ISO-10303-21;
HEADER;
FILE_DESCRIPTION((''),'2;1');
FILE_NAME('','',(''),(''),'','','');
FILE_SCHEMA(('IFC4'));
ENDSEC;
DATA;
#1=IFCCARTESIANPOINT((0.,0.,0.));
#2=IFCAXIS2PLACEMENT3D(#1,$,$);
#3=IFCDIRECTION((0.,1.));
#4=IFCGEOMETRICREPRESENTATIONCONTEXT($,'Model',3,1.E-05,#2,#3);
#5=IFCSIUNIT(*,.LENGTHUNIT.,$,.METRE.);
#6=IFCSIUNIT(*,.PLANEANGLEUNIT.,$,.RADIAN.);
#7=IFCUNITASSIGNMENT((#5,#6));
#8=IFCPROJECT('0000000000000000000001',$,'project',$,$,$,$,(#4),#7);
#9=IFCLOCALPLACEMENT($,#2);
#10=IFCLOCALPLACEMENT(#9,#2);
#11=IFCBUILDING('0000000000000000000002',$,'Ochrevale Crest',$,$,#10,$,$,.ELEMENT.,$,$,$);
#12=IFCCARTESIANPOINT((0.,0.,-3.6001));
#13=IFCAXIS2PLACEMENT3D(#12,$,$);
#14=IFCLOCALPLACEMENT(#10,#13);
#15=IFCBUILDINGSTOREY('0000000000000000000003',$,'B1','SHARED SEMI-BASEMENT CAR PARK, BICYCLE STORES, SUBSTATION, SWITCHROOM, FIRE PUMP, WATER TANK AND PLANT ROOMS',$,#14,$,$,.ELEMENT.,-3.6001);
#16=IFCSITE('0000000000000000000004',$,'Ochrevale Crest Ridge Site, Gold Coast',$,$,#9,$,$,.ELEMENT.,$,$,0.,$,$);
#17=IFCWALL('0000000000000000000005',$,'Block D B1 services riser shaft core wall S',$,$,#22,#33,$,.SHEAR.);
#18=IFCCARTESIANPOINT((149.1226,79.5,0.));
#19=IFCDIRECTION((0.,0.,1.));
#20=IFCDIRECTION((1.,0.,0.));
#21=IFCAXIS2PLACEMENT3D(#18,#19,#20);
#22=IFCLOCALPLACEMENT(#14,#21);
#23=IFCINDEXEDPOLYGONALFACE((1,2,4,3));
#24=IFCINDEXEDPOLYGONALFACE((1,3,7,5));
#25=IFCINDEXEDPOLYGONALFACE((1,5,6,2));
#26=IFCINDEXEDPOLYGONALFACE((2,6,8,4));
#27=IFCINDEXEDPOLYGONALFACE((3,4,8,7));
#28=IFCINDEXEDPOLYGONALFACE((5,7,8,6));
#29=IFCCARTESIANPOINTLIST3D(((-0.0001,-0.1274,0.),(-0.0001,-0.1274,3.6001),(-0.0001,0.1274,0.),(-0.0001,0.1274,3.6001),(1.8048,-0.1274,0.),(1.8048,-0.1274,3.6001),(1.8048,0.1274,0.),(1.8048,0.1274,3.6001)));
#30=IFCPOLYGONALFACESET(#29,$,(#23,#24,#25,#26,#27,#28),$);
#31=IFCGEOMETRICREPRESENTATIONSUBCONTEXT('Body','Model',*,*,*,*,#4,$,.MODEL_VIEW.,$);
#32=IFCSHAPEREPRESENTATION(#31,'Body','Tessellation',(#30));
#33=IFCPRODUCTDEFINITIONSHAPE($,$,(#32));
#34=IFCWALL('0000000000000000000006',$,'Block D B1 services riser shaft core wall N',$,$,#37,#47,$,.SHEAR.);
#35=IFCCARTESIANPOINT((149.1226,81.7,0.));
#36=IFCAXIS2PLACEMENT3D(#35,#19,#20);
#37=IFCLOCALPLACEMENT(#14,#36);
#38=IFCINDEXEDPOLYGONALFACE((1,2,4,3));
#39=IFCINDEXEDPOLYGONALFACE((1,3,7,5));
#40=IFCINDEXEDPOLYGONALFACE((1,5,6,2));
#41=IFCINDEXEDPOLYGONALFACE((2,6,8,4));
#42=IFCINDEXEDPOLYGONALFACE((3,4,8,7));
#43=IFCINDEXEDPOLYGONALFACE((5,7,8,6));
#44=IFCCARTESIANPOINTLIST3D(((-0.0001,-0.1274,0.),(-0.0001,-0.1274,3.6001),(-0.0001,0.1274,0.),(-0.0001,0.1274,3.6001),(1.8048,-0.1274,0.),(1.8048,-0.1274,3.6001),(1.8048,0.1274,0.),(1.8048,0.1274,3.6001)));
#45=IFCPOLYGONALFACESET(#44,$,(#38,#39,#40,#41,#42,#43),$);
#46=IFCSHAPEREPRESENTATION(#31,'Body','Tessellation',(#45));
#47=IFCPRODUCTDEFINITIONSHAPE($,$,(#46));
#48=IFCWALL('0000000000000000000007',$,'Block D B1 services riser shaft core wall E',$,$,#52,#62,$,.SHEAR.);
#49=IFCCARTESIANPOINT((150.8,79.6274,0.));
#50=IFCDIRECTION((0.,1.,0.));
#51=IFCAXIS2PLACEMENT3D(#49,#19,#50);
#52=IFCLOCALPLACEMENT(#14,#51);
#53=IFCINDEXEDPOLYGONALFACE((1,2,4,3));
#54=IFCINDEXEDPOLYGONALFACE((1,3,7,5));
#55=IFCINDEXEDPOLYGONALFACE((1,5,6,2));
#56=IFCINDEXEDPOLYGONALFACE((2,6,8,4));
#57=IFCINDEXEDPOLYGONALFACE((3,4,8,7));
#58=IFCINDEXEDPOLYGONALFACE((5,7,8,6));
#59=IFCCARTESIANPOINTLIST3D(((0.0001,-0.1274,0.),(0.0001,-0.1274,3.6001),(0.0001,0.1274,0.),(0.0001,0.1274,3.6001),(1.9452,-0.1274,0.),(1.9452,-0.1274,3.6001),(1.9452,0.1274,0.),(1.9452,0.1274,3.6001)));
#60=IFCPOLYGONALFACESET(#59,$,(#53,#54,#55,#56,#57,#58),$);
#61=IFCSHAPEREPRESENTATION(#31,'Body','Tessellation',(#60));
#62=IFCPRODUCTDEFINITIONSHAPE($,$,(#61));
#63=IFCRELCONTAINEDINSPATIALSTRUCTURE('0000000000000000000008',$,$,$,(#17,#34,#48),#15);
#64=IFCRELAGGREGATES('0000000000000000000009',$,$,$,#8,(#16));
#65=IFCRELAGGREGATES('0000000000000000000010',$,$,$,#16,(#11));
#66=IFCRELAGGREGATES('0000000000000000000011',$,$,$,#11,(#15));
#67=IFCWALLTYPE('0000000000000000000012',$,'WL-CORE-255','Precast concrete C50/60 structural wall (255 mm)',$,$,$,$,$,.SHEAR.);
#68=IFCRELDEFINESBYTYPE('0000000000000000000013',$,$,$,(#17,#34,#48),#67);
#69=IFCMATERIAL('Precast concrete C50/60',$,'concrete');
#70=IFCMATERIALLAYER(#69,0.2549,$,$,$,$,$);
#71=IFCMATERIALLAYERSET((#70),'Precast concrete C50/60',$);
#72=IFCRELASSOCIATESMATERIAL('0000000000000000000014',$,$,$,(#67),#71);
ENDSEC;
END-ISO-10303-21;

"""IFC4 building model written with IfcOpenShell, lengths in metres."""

from ifc_helpers import new_model, si_unit, direction, frame, frame_2d, origin, place, context, subcontext, project, spatial, rectangle, extrude, material, layer, layer_set, type_object, element, save


model = new_model("IFC4")

# Units and contexts
model_context = context("Model", 3, precision=1e-05, world=origin(), true_north=direction((0.0, 1.0)))
body_context = subcontext(model_context, "Body", "Model", "MODEL_VIEW")
ifc_project = project(units=[si_unit("LENGTHUNIT", "METRE"), si_unit("PLANEANGLEUNIT", "RADIAN")], contexts=[model_context])

# Site, building, storey
site_placement = place(None, origin())
site = spatial("IfcSite", under=ifc_project, at=site_placement, Name="Ochrevale Crest Ridge Site, Gold Coast", CompositionType="ELEMENT", RefElevation=0.0)
building_placement = place(site_placement, origin())
building = spatial("IfcBuilding", under=site, at=building_placement, Name="Ochrevale Crest", CompositionType="ELEMENT")
storey_placement = place(building_placement, frame((0.0, 0.0, -3.6001)))
storey = spatial("IfcBuildingStorey", under=building, at=storey_placement, Name="B1", Description="SHARED SEMI-BASEMENT CAR PARK, BICYCLE STORES, SUBSTATION, SWITCHROOM, FIRE PUMP, WATER TANK AND PLANT ROOMS", CompositionType="ELEMENT", Elevation=-3.6001)

# Shared definitions
ifc_material_1 = material(Name="Precast concrete C50/60", Category="concrete")
ifc_layer = layer(ifc_material_1, 0.2549)
ifc_layer_set = layer_set([ifc_layer], Name="Precast concrete C50/60")
wall_type = type_object("IfcWallType", Name="WL-CORE-255", Description="Precast concrete C50/60 structural wall (255 mm)", PredefinedType="SHEAR", material=ifc_layer_set)

# Walls
for number, where, z_axis, x_axis, name in (
    (1, (149.1226, 79.5, 0.0), (0.0, 0.0, 1.0), (1.0, 0.0, 0.0), "Block D B1 services riser shaft core wall S"),
    (2, (149.1226, 81.7, 0.0), (0.0, 0.0, 1.0), (1.0, 0.0, 0.0), "Block D B1 services riser shaft core wall N"),
):
    element("IfcWall", number, at=place(storey_placement, frame(where, z_axis=z_axis, x_axis=x_axis)), inside=storey, type_object=wall_type, Name=name, PredefinedType="SHEAR", context=body_context, shape_type="SweptSolid", body=[
        extrude(rectangle(XDim=1.8049, YDim=0.2549, at=frame_2d((0.9023, 0.0))), origin(), (0.0, 0.0, 1.0), 3.6001),
    ])
wall_1_placement = place(storey_placement, frame((150.8, 79.6274, 0.0), z_axis=(0.0, 0.0, 1.0), x_axis=(0.0, 1.0, 0.0)))
element("IfcWall", 3, at=wall_1_placement, inside=storey, type_object=wall_type, Name="Block D B1 services riser shaft core wall E", PredefinedType="SHEAR", context=body_context, shape_type="SweptSolid", body=[
    extrude(rectangle(XDim=1.9451, YDim=0.2549, at=frame_2d((0.9727, 0.0))), origin(), (0.0, 0.0, 1.0), 3.6001),
])

save(model, "model.ifc")
